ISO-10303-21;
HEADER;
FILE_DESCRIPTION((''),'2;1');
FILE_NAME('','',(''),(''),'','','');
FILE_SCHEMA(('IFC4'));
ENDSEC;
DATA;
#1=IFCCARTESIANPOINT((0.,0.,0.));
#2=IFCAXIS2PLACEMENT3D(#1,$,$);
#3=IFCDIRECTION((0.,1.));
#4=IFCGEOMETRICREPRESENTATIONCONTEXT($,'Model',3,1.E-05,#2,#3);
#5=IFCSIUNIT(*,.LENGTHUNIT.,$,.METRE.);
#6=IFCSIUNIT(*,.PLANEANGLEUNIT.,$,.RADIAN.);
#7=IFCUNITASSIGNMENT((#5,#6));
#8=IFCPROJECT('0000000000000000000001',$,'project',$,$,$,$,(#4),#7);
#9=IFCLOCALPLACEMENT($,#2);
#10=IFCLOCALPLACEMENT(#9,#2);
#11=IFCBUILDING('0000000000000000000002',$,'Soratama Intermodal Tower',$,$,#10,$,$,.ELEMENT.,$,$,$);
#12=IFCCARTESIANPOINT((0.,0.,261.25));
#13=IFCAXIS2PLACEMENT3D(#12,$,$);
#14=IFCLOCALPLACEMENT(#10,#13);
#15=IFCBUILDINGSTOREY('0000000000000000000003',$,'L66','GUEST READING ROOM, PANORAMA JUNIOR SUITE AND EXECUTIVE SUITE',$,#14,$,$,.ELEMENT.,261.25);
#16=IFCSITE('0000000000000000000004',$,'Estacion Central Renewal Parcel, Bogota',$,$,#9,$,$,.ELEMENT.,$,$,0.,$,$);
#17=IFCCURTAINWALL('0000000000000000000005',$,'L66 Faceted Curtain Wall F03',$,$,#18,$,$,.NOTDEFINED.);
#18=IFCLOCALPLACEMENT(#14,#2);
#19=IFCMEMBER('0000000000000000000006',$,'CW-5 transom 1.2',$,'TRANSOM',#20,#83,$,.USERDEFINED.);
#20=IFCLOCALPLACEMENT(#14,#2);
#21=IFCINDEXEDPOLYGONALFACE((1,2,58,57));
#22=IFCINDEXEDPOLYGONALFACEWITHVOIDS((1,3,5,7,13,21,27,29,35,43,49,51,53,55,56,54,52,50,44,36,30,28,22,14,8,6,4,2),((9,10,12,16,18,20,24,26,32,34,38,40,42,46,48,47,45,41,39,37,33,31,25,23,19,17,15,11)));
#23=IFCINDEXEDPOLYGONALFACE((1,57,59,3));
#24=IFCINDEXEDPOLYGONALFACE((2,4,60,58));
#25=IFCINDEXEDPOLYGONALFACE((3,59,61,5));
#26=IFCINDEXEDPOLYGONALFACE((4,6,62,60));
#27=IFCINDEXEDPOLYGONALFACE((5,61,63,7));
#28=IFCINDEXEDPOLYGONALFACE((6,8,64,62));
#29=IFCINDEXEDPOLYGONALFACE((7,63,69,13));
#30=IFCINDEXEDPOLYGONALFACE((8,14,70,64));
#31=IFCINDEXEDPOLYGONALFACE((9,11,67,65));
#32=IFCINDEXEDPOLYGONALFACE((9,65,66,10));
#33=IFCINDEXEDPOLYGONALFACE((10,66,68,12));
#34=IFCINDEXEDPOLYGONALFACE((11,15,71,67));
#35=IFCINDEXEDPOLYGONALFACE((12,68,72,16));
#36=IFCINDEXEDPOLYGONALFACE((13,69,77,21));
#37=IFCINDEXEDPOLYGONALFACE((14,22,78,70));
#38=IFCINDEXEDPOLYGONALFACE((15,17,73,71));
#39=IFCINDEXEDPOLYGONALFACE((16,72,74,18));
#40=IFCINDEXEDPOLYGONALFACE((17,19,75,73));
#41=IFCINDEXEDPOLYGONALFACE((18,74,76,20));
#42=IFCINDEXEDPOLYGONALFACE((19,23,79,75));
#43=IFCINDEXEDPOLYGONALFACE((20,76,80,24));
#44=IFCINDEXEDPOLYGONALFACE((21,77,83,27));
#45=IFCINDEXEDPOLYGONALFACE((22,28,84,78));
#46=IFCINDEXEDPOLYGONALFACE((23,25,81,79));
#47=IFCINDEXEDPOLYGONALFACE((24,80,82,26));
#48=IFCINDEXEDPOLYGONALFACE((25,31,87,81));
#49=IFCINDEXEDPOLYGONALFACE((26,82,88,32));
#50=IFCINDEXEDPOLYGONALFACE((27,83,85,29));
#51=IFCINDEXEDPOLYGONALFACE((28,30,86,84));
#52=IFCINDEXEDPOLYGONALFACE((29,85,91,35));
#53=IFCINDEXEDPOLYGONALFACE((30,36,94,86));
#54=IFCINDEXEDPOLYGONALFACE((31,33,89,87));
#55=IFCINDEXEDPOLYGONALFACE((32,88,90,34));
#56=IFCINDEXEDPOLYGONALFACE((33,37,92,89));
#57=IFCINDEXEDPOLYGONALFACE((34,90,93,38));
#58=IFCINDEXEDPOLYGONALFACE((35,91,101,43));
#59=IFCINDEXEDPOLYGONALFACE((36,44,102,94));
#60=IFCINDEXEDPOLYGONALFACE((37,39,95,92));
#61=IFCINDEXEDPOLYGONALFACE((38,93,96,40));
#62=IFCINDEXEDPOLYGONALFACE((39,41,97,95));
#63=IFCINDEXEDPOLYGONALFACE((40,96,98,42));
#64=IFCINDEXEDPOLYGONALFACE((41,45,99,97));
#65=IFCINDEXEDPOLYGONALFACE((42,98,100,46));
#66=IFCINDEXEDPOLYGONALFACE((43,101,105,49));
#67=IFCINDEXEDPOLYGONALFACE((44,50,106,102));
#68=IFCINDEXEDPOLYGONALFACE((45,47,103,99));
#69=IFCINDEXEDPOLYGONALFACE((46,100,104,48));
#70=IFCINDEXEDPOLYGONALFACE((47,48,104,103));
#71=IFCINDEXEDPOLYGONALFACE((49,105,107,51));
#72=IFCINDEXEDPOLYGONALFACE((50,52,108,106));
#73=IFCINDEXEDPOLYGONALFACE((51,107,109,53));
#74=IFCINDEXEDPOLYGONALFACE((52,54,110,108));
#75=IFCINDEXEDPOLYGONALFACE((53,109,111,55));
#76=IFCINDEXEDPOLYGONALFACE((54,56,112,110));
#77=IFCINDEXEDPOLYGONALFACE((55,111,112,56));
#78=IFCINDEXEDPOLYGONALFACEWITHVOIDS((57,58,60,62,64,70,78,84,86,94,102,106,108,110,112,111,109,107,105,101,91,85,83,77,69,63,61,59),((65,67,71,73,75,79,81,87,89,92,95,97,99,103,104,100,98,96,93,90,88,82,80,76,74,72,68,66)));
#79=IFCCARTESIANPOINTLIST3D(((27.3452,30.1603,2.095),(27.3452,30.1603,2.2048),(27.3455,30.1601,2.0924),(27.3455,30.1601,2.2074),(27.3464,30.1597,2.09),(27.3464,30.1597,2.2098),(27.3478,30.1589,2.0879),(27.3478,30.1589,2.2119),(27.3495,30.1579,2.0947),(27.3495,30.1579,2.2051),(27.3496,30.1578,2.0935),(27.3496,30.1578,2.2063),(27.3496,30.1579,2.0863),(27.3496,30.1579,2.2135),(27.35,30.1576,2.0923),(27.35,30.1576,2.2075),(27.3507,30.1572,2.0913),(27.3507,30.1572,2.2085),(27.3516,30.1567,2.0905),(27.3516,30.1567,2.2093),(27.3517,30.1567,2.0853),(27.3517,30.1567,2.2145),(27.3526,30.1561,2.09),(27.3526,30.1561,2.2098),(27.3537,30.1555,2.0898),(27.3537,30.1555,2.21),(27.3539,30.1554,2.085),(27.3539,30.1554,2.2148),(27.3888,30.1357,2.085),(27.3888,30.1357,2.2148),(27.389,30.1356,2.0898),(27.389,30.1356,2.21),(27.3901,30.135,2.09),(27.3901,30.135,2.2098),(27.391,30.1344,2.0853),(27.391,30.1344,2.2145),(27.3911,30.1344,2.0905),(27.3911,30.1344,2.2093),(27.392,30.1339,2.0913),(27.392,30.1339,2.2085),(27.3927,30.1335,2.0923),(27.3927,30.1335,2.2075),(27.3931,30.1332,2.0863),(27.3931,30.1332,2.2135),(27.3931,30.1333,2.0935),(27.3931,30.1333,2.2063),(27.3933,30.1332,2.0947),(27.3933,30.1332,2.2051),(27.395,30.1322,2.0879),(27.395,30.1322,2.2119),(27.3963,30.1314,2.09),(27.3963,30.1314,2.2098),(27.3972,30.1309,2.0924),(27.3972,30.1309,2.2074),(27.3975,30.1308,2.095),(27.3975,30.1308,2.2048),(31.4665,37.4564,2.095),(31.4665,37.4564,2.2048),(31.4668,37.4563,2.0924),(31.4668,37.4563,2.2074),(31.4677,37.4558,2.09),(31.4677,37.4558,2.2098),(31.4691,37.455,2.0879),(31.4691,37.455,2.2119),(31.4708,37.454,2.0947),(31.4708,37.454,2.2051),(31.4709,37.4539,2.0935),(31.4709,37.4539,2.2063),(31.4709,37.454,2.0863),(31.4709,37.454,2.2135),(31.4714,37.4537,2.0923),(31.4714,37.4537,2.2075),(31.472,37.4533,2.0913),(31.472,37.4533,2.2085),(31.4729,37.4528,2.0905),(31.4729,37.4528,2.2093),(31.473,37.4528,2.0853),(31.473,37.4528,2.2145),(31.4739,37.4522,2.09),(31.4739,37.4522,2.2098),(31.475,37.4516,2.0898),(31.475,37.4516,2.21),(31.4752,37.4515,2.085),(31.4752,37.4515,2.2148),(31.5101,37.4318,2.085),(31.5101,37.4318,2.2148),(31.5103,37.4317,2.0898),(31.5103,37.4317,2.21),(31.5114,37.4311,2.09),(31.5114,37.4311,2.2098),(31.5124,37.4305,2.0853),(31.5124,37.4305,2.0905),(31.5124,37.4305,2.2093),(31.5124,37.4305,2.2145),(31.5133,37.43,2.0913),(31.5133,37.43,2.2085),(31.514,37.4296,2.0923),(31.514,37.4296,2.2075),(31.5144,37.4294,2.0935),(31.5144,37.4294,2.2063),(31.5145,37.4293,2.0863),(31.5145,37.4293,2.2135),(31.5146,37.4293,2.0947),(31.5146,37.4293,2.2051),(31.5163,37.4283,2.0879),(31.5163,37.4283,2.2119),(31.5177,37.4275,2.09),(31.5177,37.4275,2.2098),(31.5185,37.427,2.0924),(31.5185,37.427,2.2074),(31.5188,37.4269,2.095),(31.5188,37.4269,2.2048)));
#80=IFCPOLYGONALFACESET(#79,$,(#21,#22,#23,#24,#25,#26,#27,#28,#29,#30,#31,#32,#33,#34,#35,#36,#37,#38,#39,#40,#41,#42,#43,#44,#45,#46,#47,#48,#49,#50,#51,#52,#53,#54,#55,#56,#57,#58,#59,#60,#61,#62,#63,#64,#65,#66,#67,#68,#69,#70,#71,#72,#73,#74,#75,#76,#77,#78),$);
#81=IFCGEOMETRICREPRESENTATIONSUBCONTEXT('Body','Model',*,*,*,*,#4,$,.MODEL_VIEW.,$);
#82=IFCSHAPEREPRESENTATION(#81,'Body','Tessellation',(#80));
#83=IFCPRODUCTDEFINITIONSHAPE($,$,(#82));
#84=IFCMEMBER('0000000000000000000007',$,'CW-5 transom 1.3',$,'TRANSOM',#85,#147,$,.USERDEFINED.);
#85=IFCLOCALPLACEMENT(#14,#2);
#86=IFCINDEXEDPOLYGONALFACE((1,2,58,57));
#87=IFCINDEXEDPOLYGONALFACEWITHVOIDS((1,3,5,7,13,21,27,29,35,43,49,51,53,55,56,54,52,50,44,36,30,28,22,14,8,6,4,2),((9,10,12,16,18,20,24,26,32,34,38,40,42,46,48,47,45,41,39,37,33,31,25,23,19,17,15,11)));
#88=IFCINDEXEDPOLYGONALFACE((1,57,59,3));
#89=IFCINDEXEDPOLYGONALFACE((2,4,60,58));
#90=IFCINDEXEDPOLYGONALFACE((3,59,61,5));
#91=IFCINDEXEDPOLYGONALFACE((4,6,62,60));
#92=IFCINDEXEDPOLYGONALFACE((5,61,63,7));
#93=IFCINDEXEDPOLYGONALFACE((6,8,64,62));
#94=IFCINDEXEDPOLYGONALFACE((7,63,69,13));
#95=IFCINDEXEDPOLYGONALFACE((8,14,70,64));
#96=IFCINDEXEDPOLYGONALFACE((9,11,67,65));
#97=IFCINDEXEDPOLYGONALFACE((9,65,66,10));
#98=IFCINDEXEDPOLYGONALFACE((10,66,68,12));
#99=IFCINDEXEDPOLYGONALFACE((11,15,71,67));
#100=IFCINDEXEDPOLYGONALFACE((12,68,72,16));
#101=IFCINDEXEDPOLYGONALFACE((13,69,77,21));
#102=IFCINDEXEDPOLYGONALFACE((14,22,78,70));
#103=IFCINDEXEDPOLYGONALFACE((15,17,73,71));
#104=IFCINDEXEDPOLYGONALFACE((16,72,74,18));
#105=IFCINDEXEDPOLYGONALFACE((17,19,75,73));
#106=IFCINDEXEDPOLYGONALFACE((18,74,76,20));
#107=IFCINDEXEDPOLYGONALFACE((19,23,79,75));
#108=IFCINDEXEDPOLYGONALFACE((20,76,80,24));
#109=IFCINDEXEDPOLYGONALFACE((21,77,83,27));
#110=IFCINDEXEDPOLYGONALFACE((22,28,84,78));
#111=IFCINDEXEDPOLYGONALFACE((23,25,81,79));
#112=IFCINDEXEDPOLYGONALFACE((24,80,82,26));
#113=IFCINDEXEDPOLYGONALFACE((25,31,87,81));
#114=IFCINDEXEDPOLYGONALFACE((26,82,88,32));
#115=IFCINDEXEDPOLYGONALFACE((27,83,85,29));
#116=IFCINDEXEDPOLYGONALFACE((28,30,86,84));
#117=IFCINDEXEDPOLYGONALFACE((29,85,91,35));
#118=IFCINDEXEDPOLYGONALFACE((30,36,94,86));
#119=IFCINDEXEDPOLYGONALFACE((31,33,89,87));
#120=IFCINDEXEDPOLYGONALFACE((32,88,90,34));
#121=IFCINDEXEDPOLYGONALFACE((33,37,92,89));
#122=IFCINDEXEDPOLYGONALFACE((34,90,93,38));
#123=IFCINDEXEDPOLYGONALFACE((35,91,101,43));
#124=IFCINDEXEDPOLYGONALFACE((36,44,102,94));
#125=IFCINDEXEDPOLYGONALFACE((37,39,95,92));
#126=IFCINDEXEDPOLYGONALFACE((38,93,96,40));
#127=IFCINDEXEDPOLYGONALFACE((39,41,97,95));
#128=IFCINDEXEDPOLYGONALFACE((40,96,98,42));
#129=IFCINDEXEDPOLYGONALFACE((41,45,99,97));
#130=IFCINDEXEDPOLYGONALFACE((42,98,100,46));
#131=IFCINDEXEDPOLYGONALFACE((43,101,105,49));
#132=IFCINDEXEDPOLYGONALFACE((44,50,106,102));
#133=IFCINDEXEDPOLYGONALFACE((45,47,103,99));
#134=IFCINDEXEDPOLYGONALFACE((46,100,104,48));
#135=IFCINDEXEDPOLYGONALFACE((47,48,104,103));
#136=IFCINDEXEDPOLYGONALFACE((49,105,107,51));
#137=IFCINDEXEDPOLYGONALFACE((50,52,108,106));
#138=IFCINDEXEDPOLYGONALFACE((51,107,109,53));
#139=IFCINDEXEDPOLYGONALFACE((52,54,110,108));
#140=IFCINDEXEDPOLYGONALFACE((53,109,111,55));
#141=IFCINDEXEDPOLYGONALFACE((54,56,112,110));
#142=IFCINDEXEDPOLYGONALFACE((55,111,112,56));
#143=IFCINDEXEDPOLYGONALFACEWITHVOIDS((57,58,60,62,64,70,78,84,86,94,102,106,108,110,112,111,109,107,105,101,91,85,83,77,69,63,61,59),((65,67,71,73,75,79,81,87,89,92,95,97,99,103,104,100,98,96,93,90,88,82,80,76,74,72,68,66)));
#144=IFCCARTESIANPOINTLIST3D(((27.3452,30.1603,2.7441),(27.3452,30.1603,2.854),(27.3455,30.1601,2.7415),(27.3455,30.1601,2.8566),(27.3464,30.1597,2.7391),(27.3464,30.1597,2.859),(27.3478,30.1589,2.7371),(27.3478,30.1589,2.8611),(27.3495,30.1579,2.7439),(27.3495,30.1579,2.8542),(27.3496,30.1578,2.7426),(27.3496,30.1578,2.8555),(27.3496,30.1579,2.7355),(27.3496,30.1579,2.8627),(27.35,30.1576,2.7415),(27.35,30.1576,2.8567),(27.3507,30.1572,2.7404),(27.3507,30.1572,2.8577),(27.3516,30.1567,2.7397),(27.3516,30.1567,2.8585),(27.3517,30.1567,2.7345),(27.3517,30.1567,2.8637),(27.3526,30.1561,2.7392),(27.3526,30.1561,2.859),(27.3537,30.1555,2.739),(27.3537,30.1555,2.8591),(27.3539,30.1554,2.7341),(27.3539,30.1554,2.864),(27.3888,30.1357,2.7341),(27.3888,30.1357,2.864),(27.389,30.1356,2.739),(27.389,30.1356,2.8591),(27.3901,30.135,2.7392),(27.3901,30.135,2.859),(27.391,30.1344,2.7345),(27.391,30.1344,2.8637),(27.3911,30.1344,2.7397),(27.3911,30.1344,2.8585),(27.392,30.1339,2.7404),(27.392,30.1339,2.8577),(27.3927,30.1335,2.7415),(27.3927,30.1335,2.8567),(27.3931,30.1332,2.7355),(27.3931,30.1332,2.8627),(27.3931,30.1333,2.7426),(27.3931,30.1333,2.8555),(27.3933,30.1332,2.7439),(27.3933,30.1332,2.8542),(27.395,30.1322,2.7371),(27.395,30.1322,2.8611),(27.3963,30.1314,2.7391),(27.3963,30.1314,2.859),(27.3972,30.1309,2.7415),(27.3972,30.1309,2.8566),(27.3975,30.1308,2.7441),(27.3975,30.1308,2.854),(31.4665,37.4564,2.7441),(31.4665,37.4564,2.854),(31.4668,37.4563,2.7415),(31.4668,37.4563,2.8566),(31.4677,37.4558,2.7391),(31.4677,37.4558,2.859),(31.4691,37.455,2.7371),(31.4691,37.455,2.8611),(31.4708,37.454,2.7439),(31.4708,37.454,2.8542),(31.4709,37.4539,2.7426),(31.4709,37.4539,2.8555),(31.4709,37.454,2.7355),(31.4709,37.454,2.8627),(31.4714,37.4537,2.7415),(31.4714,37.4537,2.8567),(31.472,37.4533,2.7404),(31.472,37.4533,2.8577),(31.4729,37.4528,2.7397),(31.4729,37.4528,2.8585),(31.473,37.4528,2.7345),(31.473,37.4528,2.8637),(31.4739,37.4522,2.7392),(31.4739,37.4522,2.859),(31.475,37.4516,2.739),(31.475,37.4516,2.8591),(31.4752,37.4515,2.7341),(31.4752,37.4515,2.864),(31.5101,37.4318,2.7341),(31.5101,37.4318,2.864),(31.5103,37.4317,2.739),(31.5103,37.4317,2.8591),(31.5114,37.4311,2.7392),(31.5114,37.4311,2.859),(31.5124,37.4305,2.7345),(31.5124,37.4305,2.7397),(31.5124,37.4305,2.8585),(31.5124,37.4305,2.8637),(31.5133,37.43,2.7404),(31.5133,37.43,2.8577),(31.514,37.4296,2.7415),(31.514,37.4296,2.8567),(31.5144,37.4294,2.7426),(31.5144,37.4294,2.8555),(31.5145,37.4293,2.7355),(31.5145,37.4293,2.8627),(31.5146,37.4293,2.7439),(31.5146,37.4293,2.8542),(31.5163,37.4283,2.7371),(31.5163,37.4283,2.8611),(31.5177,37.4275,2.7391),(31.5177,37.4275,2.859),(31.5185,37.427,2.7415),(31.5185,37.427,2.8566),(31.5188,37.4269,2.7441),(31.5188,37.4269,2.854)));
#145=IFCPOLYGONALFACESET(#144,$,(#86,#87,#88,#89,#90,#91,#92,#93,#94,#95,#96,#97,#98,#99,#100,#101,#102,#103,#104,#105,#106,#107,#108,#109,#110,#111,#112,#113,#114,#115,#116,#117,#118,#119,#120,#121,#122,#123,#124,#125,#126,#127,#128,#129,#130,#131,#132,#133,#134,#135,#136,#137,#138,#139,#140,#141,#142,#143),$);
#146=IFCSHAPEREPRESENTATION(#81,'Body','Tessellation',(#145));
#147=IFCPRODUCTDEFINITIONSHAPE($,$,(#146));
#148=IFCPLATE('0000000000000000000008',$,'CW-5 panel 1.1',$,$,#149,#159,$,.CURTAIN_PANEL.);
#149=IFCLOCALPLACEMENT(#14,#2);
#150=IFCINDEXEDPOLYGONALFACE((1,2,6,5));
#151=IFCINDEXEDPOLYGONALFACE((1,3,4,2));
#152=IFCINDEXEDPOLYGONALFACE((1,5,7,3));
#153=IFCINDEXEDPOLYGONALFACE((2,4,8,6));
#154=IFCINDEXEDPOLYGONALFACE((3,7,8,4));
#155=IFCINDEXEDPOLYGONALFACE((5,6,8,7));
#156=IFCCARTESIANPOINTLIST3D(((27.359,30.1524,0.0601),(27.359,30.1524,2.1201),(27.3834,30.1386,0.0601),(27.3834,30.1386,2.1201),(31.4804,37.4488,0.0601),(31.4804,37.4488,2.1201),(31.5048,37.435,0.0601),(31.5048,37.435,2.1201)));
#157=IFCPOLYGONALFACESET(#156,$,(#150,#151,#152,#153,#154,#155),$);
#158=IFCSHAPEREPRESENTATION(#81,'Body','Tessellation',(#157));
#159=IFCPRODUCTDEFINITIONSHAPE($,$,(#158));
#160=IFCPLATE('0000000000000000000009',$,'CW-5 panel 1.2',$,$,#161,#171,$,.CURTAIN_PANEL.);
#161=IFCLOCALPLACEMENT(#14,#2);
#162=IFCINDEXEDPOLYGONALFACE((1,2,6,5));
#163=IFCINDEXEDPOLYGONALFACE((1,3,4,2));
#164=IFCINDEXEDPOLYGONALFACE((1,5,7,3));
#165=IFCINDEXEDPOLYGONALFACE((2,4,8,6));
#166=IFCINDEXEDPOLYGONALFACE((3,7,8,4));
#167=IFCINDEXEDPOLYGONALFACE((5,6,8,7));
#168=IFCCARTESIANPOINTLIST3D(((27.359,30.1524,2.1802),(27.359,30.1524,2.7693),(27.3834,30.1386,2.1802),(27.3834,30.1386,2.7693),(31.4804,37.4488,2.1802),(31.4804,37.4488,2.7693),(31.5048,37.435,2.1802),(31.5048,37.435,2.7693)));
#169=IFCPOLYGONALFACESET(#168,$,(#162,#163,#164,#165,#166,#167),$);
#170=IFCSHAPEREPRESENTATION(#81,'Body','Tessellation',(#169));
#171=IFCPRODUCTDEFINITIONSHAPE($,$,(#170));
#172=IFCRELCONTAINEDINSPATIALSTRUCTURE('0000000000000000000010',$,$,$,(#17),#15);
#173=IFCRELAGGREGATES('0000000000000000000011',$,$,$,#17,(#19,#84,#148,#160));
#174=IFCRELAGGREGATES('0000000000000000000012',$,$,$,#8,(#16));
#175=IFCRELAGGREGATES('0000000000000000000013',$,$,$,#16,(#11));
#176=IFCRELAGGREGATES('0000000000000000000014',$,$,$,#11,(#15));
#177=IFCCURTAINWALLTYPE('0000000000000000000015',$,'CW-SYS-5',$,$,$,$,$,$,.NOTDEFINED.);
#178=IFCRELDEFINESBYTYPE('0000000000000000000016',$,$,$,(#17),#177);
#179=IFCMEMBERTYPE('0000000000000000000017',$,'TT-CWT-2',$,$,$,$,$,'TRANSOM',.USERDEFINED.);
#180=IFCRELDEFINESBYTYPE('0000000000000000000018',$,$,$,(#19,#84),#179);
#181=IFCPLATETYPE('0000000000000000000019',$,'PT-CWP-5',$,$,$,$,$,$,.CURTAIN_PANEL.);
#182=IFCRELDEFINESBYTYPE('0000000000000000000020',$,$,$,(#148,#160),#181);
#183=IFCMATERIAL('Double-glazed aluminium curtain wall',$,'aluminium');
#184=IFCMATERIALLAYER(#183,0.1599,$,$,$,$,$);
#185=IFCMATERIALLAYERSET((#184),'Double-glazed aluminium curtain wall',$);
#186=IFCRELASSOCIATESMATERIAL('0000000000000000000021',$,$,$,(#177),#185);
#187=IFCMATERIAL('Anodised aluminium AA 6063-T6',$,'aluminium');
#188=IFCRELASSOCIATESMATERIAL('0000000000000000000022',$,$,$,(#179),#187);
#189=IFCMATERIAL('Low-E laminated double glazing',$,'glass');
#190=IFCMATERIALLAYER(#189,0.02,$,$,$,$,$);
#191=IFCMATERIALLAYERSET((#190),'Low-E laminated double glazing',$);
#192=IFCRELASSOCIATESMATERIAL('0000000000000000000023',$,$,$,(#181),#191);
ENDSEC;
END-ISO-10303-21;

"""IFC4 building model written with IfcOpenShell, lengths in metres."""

from ifc_helpers import new_model, si_unit, direction, frame, origin, origin_2d, place, context, subcontext, project, spatial, rectangle, hollow_rectangle, extrude, material, layer, layer_set, material_profile, profile_set, type_object, element, aggregate, save


model = new_model("IFC4")

# Units and contexts
model_context = context("Model", 3, precision=1e-05, world=origin(), true_north=direction((0.0, 1.0)))
body_context = subcontext(model_context, "Body", "Model", "MODEL_VIEW")
ifc_project = project(units=[si_unit("LENGTHUNIT", "METRE"), si_unit("PLANEANGLEUNIT", "RADIAN")], contexts=[model_context])

# Site, building, storey
site_placement = place(None, origin())
site = spatial("IfcSite", under=ifc_project, at=site_placement, Name="Estacion Central Renewal Parcel, Bogota", CompositionType="ELEMENT", RefElevation=0.0)
building_placement = place(site_placement, origin())
building = spatial("IfcBuilding", under=site, at=building_placement, Name="Soratama Intermodal Tower", CompositionType="ELEMENT")
storey_placement = place(building_placement, frame((0.0, 0.0, 261.25)))
storey = spatial("IfcBuildingStorey", under=building, at=storey_placement, Name="L66", Description="GUEST READING ROOM, PANORAMA JUNIOR SUITE AND EXECUTIVE SUITE", CompositionType="ELEMENT", Elevation=261.25)

# Shared definitions
ifc_material_1 = material(Name="Double-glazed aluminium curtain wall", Category="aluminium")
ifc_layer_1 = layer(ifc_material_1, 0.1599)
ifc_layer_set_1 = layer_set([ifc_layer_1], Name="Double-glazed aluminium curtain wall")
curtain_wall_type = type_object("IfcCurtainWallType", Name="CW-SYS-5", PredefinedType="NOTDEFINED", material=ifc_layer_set_1)

# Curtain wall, members, plates
curtain_wall_1_placement = place(storey_placement, origin())
curtain_wall_1 = element("IfcCurtainWall", 1, at=curtain_wall_1_placement, inside=storey, type_object=curtain_wall_type, Name="L66 Faceted Curtain Wall F03", PredefinedType="NOTDEFINED")
ifc_material_2 = material(Name="Anodised aluminium AA 6063-T6", Category="aluminium")
ifc_material_profile_1 = material_profile(ifc_material_2, hollow_rectangle(XDim=0.0601, YDim=0.1299, WallThickness=0.0049, InnerFilletRadius=0.0049, OuterFilletRadius=0.01, at=origin_2d()), Name="CWT130X60X5")
ifc_profile_set_1 = profile_set([ifc_material_profile_1], Name="Anodised aluminium AA 6063-T6")
member_type_1 = type_object("IfcMemberType", Name="TT-CWT-2", ElementType="TRANSOM", PredefinedType="USERDEFINED", material=ifc_profile_set_1)
member_1_placement = place(storey_placement, frame((31.4927, 37.4417, 2.1499), z_axis=(-0.491825, -0.870694, 0.0), x_axis=(0.870694, -0.491825, 0.0)))
member_1 = element("IfcMember", 2, at=member_1_placement, type_object=member_type_1, Name="CW-5 transom 1.2", ObjectType="TRANSOM", PredefinedType="USERDEFINED", context=body_context, shape_type="SweptSolid", body=[
    extrude(hollow_rectangle(XDim=0.0601, YDim=0.1299, WallThickness=0.0049, InnerFilletRadius=0.0049, OuterFilletRadius=0.01, at=origin_2d()), origin(), (0.0, 0.0, 1.0), 8.3796),
])
member_2_placement = place(storey_placement, frame((31.4927, 37.4417, 2.7991), z_axis=(-0.491825, -0.870694, 0.0), x_axis=(0.870694, -0.491825, 0.0)))
member_2 = element("IfcMember", 3, at=member_2_placement, type_object=member_type_1, Name="CW-5 transom 1.3", ObjectType="TRANSOM", PredefinedType="USERDEFINED", context=body_context, shape_type="SweptSolid", body=[
    extrude(hollow_rectangle(XDim=0.0601, YDim=0.1299, WallThickness=0.0049, InnerFilletRadius=0.0049, OuterFilletRadius=0.01, at=origin_2d()), origin(), (0.0, 0.0, 1.0), 8.3796),
])
ifc_material_3 = material(Name="Low-E laminated double glazing", Category="glass")
ifc_layer_2 = layer(ifc_material_3, 0.02)
ifc_layer_set_2 = layer_set([ifc_layer_2], Name="Low-E laminated double glazing")
plate_type = type_object("IfcPlateType", Name="PT-CWP-5", PredefinedType="CURTAIN_PANEL", material=ifc_layer_set_2)
plate_1_placement = place(storey_placement, frame((29.4319, 33.7937, 0.0601), z_axis=(0.0, 0.0, 1.0), x_axis=(-0.49182, -0.870697, 0.0)))
plate_1 = element("IfcPlate", 4, at=plate_1_placement, type_object=plate_type, Name="CW-5 panel 1.1", PredefinedType="CURTAIN_PANEL", context=body_context, shape_type="SweptSolid", body=[
    extrude(rectangle(XDim=8.3799, YDim=0.0281, at=origin_2d()), origin(), (0.0, 0.0, 1.0), 2.0601),
])
plate_2_placement = place(storey_placement, frame((29.4319, 33.7937, 2.1802), z_axis=(0.0, 0.0, 1.0), x_axis=(-0.49182, -0.870697, 0.0)))
plate_2 = element("IfcPlate", 5, at=plate_2_placement, type_object=plate_type, Name="CW-5 panel 1.2", PredefinedType="CURTAIN_PANEL", context=body_context, shape_type="SweptSolid", body=[
    extrude(rectangle(XDim=8.3799, YDim=0.0281, at=origin_2d()), origin(), (0.0, 0.0, 1.0), 0.5891),
])
aggregate(curtain_wall_1, [member_1, member_2, plate_1, plate_2])

save(model, "model.ifc")
